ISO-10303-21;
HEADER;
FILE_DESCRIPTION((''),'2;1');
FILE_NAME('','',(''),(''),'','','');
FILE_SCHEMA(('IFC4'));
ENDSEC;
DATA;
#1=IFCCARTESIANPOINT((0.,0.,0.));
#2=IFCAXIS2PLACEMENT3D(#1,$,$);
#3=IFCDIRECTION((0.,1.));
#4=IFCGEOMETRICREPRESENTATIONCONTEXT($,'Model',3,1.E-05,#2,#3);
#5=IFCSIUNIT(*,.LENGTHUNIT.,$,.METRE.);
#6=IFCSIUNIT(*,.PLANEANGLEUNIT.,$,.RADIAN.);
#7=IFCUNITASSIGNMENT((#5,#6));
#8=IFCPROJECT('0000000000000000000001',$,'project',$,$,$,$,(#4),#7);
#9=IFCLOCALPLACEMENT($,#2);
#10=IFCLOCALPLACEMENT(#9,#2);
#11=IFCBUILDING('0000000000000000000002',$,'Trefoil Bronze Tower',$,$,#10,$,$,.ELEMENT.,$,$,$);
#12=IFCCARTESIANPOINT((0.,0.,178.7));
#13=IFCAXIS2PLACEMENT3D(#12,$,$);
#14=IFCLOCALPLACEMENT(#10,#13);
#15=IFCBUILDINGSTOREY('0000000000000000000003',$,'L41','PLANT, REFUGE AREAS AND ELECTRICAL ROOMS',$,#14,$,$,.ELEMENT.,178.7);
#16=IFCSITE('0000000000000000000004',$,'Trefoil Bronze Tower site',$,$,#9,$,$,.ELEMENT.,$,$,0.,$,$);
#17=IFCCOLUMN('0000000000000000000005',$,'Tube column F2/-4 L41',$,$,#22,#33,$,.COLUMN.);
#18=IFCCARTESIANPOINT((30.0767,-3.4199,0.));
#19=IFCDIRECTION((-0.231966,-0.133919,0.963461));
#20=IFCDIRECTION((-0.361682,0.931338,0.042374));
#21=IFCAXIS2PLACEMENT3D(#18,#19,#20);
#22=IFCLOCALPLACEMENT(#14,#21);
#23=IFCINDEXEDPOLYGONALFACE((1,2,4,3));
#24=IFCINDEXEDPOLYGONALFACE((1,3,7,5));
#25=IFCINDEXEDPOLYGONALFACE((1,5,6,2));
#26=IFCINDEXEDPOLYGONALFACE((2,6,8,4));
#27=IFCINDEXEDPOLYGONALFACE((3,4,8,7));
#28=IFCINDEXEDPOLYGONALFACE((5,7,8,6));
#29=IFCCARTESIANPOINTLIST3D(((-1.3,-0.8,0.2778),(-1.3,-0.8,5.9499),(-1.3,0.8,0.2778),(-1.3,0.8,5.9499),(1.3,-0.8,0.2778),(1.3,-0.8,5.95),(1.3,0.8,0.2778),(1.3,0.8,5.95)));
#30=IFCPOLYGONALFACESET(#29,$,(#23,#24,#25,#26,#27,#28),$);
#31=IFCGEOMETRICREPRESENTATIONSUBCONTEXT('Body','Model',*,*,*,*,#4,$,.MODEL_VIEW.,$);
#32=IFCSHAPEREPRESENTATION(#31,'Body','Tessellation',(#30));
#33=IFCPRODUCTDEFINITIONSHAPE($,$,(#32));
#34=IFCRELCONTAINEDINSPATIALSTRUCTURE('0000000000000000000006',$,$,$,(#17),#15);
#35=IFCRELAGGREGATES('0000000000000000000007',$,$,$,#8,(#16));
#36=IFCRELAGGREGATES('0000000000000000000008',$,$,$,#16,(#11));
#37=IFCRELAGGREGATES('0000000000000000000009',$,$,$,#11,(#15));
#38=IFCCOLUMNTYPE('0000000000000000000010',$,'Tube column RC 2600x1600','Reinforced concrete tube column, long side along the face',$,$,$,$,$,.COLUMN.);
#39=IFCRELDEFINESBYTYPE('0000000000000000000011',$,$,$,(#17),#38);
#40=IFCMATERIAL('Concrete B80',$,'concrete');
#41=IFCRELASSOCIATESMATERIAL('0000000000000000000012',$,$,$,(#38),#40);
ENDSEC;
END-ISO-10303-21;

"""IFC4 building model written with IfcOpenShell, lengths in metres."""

from ifc_helpers import new_model, si_unit, direction, frame, origin, origin_2d, place, context, subcontext, project, spatial, rectangle, extrude, clip, halfspace, material, material_profile, profile_set, type_object, element, save


model = new_model("IFC4")

# Units and contexts
model_context = context("Model", 3, precision=1e-05, world=origin(), true_north=direction((0.0, 1.0)))
body_context = subcontext(model_context, "Body", "Model", "MODEL_VIEW")
ifc_project = project(units=[si_unit("LENGTHUNIT", "METRE"), si_unit("PLANEANGLEUNIT", "RADIAN")], contexts=[model_context])

# Site, building, storey
site_placement = place(None, origin())
site = spatial("IfcSite", under=ifc_project, at=site_placement, Name="Trefoil Bronze Tower site", CompositionType="ELEMENT", RefElevation=0.0)
building_placement = place(site_placement, origin())
building = spatial("IfcBuilding", under=site, at=building_placement, Name="Trefoil Bronze Tower", CompositionType="ELEMENT")
storey_placement = place(building_placement, frame((0.0, 0.0, 178.7)))
storey = spatial("IfcBuildingStorey", under=building, at=storey_placement, Name="L41", Description="PLANT, REFUGE AREAS AND ELECTRICAL ROOMS", CompositionType="ELEMENT", Elevation=178.7)

# Column
ifc_material_1 = material(Name="Concrete B80", Category="concrete")
ifc_material_profile_1 = material_profile(ifc_material_1, rectangle(XDim=2.6001, YDim=1.6001, at=origin_2d()), Name="RC 2600x1600")
ifc_profile_set_1 = profile_set([ifc_material_profile_1], Name="Concrete B80")
column_type = type_object("IfcColumnType", Name="Tube column RC 2600x1600", Description="Reinforced concrete tube column, long side along the face", PredefinedType="COLUMN", material=ifc_profile_set_1)
column_placement = place(storey_placement, frame((30.0767, -3.4199, 0.0), z_axis=(-0.231966, -0.133919, 0.963461), x_axis=(-0.361682, 0.931338, 0.042374)))
element("IfcColumn", 1, at=column_placement, inside=storey, type_object=column_type, Name="Tube column F2/-4 L41", PredefinedType="COLUMN", context=body_context, shape_type="Clipping", body=[
    clip(clip(extrude(rectangle(XDim=2.6001, YDim=1.6001, at=origin_2d()), origin(), (0.0, 0.0, 1.0), 6.2275), halfspace(frame((0.0, 0.0, 0.2778), z_axis=(-0.000007, 0.000004, 1.0), x_axis=(0.0, 1.0, -0.000004)), True)), halfspace(frame((0.0, 0.0, 5.95), z_axis=(0.000007, -0.000004, -1.0), x_axis=(0.0, -1.0, 0.000004)), True)),
])

save(model, "model.ifc")
